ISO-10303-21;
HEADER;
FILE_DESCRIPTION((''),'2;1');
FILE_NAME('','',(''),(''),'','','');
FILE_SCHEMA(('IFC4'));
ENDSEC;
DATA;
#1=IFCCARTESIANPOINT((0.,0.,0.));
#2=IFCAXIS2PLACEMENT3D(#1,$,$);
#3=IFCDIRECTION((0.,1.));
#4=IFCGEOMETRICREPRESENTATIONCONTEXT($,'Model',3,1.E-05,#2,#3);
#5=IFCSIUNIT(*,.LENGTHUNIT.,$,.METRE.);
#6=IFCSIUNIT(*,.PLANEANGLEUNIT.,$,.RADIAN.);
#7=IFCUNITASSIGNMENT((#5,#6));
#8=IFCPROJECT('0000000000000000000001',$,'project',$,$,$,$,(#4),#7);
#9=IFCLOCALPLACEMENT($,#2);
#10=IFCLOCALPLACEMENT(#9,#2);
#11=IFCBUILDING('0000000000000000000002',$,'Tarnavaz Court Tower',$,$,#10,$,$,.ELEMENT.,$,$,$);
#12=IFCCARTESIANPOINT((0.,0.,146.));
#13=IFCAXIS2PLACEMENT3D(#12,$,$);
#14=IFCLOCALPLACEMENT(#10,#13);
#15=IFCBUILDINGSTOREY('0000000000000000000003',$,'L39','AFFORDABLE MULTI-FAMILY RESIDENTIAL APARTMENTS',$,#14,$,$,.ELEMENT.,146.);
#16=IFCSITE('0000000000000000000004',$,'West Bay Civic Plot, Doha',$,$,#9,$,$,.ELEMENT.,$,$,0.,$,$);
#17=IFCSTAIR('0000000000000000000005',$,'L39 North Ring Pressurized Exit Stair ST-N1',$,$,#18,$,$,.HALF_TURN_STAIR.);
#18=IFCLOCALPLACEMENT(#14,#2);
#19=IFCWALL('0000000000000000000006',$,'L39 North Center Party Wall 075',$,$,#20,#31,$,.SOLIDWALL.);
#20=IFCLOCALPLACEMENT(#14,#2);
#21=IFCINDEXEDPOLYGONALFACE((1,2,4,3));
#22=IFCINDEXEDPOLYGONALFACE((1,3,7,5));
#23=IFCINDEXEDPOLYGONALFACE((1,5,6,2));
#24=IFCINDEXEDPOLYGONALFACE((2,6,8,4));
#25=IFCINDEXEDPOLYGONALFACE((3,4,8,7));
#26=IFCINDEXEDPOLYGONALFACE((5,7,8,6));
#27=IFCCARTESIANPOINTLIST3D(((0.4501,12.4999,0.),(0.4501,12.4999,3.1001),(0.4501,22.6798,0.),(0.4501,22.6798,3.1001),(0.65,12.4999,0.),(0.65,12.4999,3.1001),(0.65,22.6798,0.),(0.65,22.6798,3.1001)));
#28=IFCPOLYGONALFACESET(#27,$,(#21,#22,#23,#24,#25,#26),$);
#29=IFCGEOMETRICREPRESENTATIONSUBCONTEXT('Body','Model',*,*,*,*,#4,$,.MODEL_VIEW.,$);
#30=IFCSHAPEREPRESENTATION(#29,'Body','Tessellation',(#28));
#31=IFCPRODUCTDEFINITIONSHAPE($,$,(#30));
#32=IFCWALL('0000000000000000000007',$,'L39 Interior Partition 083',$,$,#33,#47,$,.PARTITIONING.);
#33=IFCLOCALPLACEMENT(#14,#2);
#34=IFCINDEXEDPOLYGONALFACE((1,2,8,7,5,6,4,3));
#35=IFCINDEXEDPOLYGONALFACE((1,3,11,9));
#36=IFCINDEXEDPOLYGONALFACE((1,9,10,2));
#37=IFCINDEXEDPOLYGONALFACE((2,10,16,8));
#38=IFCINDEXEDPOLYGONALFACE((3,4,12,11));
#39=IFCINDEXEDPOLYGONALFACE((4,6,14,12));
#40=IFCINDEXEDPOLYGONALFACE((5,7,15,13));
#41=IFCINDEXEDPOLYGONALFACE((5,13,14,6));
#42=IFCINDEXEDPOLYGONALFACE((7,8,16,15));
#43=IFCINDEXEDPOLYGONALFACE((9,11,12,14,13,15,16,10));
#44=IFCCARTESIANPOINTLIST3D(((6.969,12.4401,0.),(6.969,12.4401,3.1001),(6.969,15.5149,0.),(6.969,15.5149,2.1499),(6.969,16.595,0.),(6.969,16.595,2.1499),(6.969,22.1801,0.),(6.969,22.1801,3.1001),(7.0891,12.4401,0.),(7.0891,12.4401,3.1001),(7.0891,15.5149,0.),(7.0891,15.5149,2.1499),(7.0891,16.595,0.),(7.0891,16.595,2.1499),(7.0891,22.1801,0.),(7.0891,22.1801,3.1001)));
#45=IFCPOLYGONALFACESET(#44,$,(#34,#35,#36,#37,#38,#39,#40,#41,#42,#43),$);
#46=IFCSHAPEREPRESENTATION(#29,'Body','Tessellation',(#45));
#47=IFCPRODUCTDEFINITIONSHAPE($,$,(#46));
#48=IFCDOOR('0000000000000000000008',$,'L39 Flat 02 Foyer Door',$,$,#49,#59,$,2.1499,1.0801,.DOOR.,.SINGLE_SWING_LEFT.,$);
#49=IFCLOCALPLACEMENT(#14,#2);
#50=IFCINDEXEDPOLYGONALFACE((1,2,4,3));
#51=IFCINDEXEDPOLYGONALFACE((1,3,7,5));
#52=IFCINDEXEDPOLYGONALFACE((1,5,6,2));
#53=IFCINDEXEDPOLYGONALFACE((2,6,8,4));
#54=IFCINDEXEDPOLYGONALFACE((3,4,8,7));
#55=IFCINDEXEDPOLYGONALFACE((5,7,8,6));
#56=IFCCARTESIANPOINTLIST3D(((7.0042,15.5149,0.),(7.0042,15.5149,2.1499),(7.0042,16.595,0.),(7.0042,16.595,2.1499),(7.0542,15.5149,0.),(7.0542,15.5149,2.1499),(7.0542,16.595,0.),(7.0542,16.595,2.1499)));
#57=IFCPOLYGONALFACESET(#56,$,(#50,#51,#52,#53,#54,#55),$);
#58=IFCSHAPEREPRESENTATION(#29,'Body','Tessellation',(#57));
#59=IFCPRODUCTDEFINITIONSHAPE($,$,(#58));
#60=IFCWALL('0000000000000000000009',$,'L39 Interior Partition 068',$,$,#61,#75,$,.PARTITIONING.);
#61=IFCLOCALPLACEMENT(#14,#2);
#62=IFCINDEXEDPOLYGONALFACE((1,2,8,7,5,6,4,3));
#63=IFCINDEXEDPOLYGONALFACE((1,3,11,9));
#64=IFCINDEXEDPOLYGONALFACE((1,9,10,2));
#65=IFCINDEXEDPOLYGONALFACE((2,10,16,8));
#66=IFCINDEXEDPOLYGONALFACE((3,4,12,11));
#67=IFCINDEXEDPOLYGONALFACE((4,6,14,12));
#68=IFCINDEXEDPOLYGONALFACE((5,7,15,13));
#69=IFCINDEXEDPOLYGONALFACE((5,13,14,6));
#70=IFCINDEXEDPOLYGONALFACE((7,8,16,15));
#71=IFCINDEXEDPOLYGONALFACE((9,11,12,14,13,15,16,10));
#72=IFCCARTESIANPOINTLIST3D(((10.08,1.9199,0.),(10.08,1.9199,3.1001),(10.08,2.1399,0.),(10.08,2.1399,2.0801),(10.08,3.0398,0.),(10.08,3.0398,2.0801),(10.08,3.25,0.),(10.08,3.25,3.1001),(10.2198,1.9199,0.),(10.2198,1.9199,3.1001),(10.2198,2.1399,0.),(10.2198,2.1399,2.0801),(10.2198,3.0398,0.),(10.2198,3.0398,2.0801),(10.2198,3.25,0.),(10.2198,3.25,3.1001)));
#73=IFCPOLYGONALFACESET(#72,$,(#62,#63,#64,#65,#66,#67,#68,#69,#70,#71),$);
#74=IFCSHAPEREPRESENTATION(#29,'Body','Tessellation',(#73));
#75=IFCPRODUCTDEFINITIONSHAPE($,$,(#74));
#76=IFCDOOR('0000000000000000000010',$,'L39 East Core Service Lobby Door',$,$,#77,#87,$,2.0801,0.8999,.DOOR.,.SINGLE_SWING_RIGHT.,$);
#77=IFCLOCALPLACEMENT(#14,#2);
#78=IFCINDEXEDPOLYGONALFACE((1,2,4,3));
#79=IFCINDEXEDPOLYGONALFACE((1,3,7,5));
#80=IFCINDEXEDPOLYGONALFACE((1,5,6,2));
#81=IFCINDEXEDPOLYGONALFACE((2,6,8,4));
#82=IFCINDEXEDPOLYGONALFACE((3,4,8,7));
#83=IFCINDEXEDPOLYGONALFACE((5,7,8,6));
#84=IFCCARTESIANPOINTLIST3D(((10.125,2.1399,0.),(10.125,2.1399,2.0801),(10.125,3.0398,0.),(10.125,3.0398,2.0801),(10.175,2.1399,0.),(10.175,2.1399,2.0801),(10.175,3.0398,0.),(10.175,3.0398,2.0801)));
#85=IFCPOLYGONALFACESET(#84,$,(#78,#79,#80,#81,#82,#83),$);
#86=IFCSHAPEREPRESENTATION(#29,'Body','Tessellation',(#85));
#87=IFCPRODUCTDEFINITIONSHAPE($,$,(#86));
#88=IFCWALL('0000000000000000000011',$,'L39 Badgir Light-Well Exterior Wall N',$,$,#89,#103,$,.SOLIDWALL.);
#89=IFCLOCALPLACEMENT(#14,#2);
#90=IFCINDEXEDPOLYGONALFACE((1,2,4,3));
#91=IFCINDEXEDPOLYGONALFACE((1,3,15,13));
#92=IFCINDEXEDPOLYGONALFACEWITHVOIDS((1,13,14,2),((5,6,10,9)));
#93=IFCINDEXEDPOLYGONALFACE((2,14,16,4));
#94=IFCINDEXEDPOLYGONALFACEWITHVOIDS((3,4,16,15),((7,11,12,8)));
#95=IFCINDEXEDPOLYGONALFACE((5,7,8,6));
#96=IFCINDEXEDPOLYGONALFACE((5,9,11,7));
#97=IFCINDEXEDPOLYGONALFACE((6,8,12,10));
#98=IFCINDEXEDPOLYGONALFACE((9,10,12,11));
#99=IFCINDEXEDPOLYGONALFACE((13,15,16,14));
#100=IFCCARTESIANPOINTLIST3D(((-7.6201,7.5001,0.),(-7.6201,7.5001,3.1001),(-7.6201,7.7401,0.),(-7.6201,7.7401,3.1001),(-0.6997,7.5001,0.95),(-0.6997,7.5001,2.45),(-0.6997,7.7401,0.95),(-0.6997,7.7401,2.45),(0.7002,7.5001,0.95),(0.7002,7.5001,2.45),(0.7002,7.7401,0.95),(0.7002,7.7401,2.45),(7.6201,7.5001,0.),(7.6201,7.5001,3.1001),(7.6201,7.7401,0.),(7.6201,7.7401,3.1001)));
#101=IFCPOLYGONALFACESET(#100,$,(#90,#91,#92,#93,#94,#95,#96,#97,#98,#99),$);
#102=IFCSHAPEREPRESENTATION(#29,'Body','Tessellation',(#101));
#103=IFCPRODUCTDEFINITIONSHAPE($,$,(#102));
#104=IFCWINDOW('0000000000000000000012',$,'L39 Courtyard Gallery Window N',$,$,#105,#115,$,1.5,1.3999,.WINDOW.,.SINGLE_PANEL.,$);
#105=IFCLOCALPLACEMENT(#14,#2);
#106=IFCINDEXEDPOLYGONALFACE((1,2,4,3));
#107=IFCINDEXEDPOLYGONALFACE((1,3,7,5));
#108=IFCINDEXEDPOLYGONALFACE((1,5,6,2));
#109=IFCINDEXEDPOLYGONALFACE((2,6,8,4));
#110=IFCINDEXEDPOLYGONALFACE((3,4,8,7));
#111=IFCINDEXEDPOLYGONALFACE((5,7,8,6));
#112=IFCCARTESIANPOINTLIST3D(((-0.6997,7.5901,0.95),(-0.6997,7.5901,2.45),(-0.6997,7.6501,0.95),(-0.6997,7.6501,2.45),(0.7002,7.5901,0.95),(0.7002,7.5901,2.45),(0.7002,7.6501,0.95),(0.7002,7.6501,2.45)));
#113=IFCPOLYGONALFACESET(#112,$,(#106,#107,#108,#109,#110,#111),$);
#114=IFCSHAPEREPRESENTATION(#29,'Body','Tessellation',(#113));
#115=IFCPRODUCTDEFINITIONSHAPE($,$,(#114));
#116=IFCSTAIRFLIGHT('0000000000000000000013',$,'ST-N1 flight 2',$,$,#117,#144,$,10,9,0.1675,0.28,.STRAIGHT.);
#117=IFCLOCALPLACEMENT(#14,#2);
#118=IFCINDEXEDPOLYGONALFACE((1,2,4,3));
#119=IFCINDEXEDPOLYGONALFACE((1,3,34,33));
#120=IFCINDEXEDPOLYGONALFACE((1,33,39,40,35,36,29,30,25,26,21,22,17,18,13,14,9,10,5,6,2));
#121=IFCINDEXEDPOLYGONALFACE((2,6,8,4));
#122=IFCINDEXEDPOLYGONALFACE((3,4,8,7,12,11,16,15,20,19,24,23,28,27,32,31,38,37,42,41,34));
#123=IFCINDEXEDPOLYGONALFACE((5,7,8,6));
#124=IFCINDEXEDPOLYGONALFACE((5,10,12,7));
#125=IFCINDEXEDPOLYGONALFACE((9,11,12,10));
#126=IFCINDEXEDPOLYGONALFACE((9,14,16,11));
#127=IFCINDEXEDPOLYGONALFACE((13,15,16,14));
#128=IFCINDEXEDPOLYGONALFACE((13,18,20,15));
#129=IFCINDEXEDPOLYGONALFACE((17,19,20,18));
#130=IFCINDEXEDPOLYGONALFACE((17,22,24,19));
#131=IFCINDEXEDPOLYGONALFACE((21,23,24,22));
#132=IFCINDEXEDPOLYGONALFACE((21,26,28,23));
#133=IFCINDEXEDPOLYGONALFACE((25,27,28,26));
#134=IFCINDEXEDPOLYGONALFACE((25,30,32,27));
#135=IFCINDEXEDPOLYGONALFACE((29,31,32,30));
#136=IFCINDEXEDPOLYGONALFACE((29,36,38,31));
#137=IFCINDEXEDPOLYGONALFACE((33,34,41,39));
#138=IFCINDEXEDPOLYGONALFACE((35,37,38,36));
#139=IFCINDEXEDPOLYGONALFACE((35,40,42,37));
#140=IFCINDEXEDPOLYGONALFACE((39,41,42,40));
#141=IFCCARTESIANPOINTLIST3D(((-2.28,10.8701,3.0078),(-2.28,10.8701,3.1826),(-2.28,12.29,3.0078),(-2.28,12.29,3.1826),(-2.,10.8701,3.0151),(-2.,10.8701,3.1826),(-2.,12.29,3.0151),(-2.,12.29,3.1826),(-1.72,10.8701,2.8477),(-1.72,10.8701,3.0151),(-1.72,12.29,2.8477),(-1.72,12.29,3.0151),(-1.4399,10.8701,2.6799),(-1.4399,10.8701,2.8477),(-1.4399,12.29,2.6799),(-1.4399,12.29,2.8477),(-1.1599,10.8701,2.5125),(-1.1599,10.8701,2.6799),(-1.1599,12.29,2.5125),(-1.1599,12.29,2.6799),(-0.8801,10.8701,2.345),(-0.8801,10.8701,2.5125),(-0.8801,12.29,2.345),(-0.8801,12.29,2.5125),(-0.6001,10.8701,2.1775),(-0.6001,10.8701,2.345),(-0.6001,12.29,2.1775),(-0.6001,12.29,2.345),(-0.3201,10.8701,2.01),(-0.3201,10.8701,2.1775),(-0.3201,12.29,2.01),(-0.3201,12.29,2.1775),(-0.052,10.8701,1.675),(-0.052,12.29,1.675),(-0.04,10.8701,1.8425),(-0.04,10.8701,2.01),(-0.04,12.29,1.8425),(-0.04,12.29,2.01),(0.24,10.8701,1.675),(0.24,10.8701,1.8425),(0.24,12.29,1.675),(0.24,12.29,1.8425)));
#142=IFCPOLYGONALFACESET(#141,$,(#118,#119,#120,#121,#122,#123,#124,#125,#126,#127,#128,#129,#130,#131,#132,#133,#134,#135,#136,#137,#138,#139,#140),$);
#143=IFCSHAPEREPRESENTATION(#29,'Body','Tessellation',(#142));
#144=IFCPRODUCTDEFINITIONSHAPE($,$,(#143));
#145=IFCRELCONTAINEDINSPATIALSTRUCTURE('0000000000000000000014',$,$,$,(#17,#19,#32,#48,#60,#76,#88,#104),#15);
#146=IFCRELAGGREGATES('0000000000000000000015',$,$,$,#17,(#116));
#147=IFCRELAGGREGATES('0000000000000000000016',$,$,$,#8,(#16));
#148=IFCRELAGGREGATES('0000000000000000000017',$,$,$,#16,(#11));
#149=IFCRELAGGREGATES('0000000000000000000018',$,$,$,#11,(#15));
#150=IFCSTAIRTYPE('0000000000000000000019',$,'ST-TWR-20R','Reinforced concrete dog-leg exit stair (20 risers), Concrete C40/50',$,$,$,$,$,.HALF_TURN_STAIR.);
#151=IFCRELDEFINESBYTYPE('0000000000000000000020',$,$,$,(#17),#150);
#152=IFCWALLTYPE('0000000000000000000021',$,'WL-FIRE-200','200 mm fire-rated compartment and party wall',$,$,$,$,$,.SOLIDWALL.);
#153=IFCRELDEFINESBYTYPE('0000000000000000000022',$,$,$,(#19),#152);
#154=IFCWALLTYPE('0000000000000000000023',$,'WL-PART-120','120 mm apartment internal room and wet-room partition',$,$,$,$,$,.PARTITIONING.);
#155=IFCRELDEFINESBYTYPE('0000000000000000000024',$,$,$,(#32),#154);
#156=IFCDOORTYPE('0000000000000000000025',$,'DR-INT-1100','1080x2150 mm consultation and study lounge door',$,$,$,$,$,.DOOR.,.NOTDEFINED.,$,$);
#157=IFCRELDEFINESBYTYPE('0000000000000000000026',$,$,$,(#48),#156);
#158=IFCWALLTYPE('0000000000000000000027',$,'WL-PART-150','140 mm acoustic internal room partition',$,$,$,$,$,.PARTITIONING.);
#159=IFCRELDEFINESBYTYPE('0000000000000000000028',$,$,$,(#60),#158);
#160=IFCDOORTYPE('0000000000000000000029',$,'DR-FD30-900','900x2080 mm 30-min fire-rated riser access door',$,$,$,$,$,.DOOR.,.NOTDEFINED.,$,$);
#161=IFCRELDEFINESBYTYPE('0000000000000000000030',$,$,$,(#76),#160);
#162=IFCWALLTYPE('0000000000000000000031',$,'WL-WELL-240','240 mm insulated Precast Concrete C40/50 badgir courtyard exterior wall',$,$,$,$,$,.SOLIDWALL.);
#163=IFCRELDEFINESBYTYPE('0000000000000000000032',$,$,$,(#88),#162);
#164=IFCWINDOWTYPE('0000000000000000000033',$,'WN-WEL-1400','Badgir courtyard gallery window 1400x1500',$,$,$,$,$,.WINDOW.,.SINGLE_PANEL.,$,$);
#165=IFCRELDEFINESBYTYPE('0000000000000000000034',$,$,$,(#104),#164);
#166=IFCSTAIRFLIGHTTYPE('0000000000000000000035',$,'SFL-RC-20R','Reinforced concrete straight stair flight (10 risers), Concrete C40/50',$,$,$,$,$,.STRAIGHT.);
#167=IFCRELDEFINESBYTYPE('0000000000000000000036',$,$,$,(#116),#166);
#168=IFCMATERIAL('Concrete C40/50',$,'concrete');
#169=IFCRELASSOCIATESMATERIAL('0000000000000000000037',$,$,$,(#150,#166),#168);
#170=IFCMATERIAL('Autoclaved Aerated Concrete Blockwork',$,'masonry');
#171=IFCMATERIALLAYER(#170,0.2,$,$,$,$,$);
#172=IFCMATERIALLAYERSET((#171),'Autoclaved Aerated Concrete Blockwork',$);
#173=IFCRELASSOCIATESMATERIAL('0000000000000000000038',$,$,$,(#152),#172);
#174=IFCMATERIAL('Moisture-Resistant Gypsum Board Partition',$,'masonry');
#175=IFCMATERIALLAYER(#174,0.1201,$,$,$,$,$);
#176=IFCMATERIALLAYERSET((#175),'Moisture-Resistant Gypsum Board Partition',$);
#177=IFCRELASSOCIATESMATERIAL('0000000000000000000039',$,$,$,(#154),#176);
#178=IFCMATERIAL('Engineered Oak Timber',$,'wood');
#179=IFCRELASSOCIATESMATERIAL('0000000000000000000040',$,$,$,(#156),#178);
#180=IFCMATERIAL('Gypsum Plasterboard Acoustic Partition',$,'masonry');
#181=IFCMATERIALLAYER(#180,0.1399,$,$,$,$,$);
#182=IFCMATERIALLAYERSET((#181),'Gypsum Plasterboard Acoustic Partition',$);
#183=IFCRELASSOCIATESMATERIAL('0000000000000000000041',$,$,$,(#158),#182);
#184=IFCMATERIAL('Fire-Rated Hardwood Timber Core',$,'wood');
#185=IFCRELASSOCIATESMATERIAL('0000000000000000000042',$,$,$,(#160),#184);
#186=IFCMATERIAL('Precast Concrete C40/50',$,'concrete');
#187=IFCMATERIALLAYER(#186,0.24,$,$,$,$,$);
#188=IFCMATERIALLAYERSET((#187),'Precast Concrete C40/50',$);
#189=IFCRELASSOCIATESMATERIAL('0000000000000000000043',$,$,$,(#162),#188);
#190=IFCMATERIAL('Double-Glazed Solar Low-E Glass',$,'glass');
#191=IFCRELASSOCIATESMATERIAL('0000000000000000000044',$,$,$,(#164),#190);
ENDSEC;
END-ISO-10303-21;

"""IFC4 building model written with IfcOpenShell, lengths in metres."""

from ifc_helpers import new_model, si_unit, direction, frame, frame_2d, origin, place, context, subcontext, project, spatial, polyline, rectangle, outline, extrude, material, layer, layer_set, type_object, element, fill, aggregate, save


model = new_model("IFC4")

# Units and contexts
model_context = context("Model", 3, precision=1e-05, world=origin(), true_north=direction((0.0, 1.0)))
body_context = subcontext(model_context, "Body", "Model", "MODEL_VIEW")
ifc_project = project(units=[si_unit("LENGTHUNIT", "METRE"), si_unit("PLANEANGLEUNIT", "RADIAN")], contexts=[model_context])

# Site, building, storey
site_placement = place(None, origin())
site = spatial("IfcSite", under=ifc_project, at=site_placement, Name="West Bay Civic Plot, Doha", CompositionType="ELEMENT", RefElevation=0.0)
building_placement = place(site_placement, origin())
building = spatial("IfcBuilding", under=site, at=building_placement, Name="Tarnavaz Court Tower", CompositionType="ELEMENT")
storey_placement = place(building_placement, frame((0.0, 0.0, 146.0)))
storey = spatial("IfcBuildingStorey", under=building, at=storey_placement, Name="L39", Description="AFFORDABLE MULTI-FAMILY RESIDENTIAL APARTMENTS", CompositionType="ELEMENT", Elevation=146.0)

# Stair
ifc_material_1 = material(Name="Concrete C40/50", Category="concrete")
stair_type = type_object("IfcStairType", Name="ST-TWR-20R", Description="Reinforced concrete dog-leg exit stair (20 risers), Concrete C40/50", PredefinedType="HALF_TURN_STAIR", material=ifc_material_1)
stair_1_placement = place(storey_placement, origin())
stair_1 = element("IfcStair", 1, at=stair_1_placement, inside=storey, type_object=stair_type, Name="L39 North Ring Pressurized Exit Stair ST-N1", PredefinedType="HALF_TURN_STAIR")

# Shared definitions
ifc_material_2 = material(Name="Fire-Rated Hardwood Timber Core", Category="wood")

# Wall
ifc_material_3 = material(Name="Autoclaved Aerated Concrete Blockwork", Category="masonry")
ifc_layer_1 = layer(ifc_material_3, 0.2)
ifc_layer_set_1 = layer_set([ifc_layer_1], Name="Autoclaved Aerated Concrete Blockwork")
wall_type_1 = type_object("IfcWallType", Name="WL-FIRE-200", Description="200 mm fire-rated compartment and party wall", PredefinedType="SOLIDWALL", material=ifc_layer_set_1)
wall_1_placement = place(storey_placement, frame((0.55, 12.5, 0.0), z_axis=(0.0, 0.0, 1.0), x_axis=(0.0, 1.0, 0.0)))
element("IfcWall", 2, at=wall_1_placement, inside=storey, type_object=wall_type_1, Name="L39 North Center Party Wall 075", PredefinedType="SOLIDWALL", context=body_context, shape_type="SweptSolid", body=[
    extrude(rectangle(XDim=10.1799, YDim=0.2, at=frame_2d((5.0898, 0.0))), origin(), (0.0, 0.0, 1.0), 3.1001),
])

# Walls, openings, doors
ifc_material_4 = material(Name="Moisture-Resistant Gypsum Board Partition", Category="masonry")
ifc_layer_2 = layer(ifc_material_4, 0.1201)
ifc_layer_set_2 = layer_set([ifc_layer_2], Name="Moisture-Resistant Gypsum Board Partition")
wall_type_2 = type_object("IfcWallType", Name="WL-PART-120", Description="120 mm apartment internal room and wet-room partition", PredefinedType="PARTITIONING", material=ifc_layer_set_2)
wall_2_placement = place(storey_placement, frame((7.0291, 12.4399, 0.0), z_axis=(0.0, 0.0, 1.0), x_axis=(0.0, 1.0, 0.0)))
wall_2 = element("IfcWall", 3, at=wall_2_placement, inside=storey, type_object=wall_type_2, Name="L39 Interior Partition 083", PredefinedType="PARTITIONING", context=body_context, shape_type="SweptSolid", body=[
    extrude(rectangle(XDim=9.74, YDim=0.1201, at=frame_2d((4.8701, 0.0))), origin(), (0.0, 0.0, 1.0), 3.1001),
])
opening_1_placement = place(wall_2_placement, frame((3.075, 0.0, 0.0)))
opening_1 = element("IfcOpeningElement", 4, at=opening_1_placement, cuts=wall_2, PredefinedType="OPENING", context=body_context, shape_type="SweptSolid", body=[
    extrude(rectangle(XDim=1.0801, YDim=2.1499, at=frame_2d((0.54, 1.075))), frame((0.0, 0.0701, 0.0), z_axis=(0.0, -1.0, 0.0), x_axis=(1.0, 0.0, 0.0)), (0.0, 0.0, 1.0), 0.1401),
])
ifc_material_5 = material(Name="Engineered Oak Timber", Category="wood")
door_type_1 = type_object("IfcDoorType", Name="DR-INT-1100", Description="1080x2150 mm consultation and study lounge door", OperationType="NOTDEFINED", PredefinedType="DOOR", material=ifc_material_5)
door_1_placement = place(opening_1_placement, origin())
door_1 = element("IfcDoor", 5, at=door_1_placement, inside=storey, type_object=door_type_1, Name="L39 Flat 02 Foyer Door", OperationType="SINGLE_SWING_LEFT", OverallHeight=2.1499, OverallWidth=1.0801, PredefinedType="DOOR", context=body_context, shape_type="SweptSolid", body=[
    extrude(rectangle(XDim=1.0801, YDim=2.1499, at=frame_2d((0.54, 1.075))), frame((0.0, 0.0249, 0.0), z_axis=(0.0, -1.0, 0.0), x_axis=(1.0, 0.0, 0.0)), (0.0, 0.0, 1.0), 0.05),
])
fill(opening_1, door_1)
ifc_material_6 = material(Name="Gypsum Plasterboard Acoustic Partition", Category="masonry")
ifc_layer_3 = layer(ifc_material_6, 0.1399)
ifc_layer_set_3 = layer_set([ifc_layer_3], Name="Gypsum Plasterboard Acoustic Partition")
wall_type_3 = type_object("IfcWallType", Name="WL-PART-150", Description="140 mm acoustic internal room partition", PredefinedType="PARTITIONING", material=ifc_layer_set_3)
wall_3_placement = place(storey_placement, frame((10.1499, 1.9199, 0.0), z_axis=(0.0, 0.0, 1.0), x_axis=(0.0, 1.0, 0.0)))
wall_3 = element("IfcWall", 6, at=wall_3_placement, inside=storey, type_object=wall_type_3, Name="L39 Interior Partition 068", PredefinedType="PARTITIONING", context=body_context, shape_type="SweptSolid", body=[
    extrude(rectangle(XDim=1.3301, YDim=0.1399, at=frame_2d((0.665, 0.0))), origin(), (0.0, 0.0, 1.0), 3.1001),
])
opening_2_placement = place(wall_3_placement, frame((0.22, 0.0, 0.0)))
opening_2 = element("IfcOpeningElement", 7, at=opening_2_placement, cuts=wall_3, PredefinedType="OPENING", context=body_context, shape_type="SweptSolid", body=[
    extrude(rectangle(XDim=0.8999, YDim=2.0801, at=frame_2d((0.45, 1.04))), frame((0.0, 0.0798, 0.0), z_axis=(0.0, -1.0, 0.0), x_axis=(1.0, 0.0, 0.0)), (0.0, 0.0, 1.0), 0.1599),
])
door_type_2 = type_object("IfcDoorType", Name="DR-FD30-900", Description="900x2080 mm 30-min fire-rated riser access door", OperationType="NOTDEFINED", PredefinedType="DOOR", material=ifc_material_2)
door_2_placement = place(opening_2_placement, origin())
door_2 = element("IfcDoor", 8, at=door_2_placement, inside=storey, type_object=door_type_2, Name="L39 East Core Service Lobby Door", OperationType="SINGLE_SWING_RIGHT", OverallHeight=2.0801, OverallWidth=0.8999, PredefinedType="DOOR", context=body_context, shape_type="SweptSolid", body=[
    extrude(rectangle(XDim=0.8999, YDim=2.0801, at=frame_2d((0.45, 1.04))), frame((0.0, 0.0249, 0.0), z_axis=(0.0, -1.0, 0.0), x_axis=(1.0, 0.0, 0.0)), (0.0, 0.0, 1.0), 0.05),
])
fill(opening_2, door_2)

# Wall, opening, window
ifc_material_7 = material(Name="Precast Concrete C40/50", Category="concrete")
ifc_layer_4 = layer(ifc_material_7, 0.24)
ifc_layer_set_4 = layer_set([ifc_layer_4], Name="Precast Concrete C40/50")
wall_type_4 = type_object("IfcWallType", Name="WL-WELL-240", Description="240 mm insulated Precast Concrete C40/50 badgir courtyard exterior wall", PredefinedType="SOLIDWALL", material=ifc_layer_set_4)
wall_4_placement = place(storey_placement, frame((7.6201, 7.6201, 0.0), z_axis=(0.0, 0.0, 1.0), x_axis=(-1.0, 0.0, 0.0)))
wall_4 = element("IfcWall", 9, at=wall_4_placement, inside=storey, type_object=wall_type_4, Name="L39 Badgir Light-Well Exterior Wall N", PredefinedType="SOLIDWALL", context=body_context, shape_type="SweptSolid", body=[
    extrude(rectangle(XDim=15.2402, YDim=0.24, at=frame_2d((7.6201, 0.0))), origin(), (0.0, 0.0, 1.0), 3.1001),
])
opening_3_placement = place(wall_4_placement, frame((6.9199, 0.0, 0.95)))
opening_3 = element("IfcOpeningElement", 10, at=opening_3_placement, cuts=wall_4, PredefinedType="OPENING", context=body_context, shape_type="SweptSolid", body=[
    extrude(rectangle(XDim=1.3999, YDim=1.5, at=frame_2d((0.7, 0.75))), frame((0.0, 0.1299, 0.0), z_axis=(0.0, -1.0, 0.0), x_axis=(1.0, 0.0, 0.0)), (0.0, 0.0, 1.0), 0.26),
])
ifc_material_8 = material(Name="Double-Glazed Solar Low-E Glass", Category="glass")
window_type = type_object("IfcWindowType", Name="WN-WEL-1400", Description="Badgir courtyard gallery window 1400x1500", PartitioningType="SINGLE_PANEL", PredefinedType="WINDOW", material=ifc_material_8)
window_placement = place(opening_3_placement, origin())
window = element("IfcWindow", 11, at=window_placement, inside=storey, type_object=window_type, Name="L39 Courtyard Gallery Window N", OverallHeight=1.5, OverallWidth=1.3999, PartitioningType="SINGLE_PANEL", PredefinedType="WINDOW", context=body_context, shape_type="SweptSolid", body=[
    extrude(rectangle(XDim=1.3999, YDim=1.5, at=frame_2d((0.7, 0.75))), frame((0.0, 0.03, 0.0), z_axis=(0.0, -1.0, 0.0), x_axis=(1.0, 0.0, 0.0)), (0.0, 0.0, 1.0), 0.0601),
])
fill(opening_3, window)

# Stair flight
stair_flight_type = type_object("IfcStairFlightType", Name="SFL-RC-20R", Description="Reinforced concrete straight stair flight (10 risers), Concrete C40/50", PredefinedType="STRAIGHT", material=ifc_material_1)
stair_flight_placement = place(storey_placement, frame((0.24, 11.5801, 1.675), z_axis=(0.0, 0.0, 1.0), x_axis=(-1.0, 0.0, 0.0)))
stair_flight = element("IfcStairFlight", 12, at=stair_flight_placement, type_object=stair_flight_type, Name="ST-N1 flight 2", NumberOfRisers=10, NumberOfTreads=9, PredefinedType="STRAIGHT", RiserHeight=0.1675, TreadLength=0.28, context=body_context, shape_type="SweptSolid", body=[
    extrude(outline(polyline([(0.0, 0.0), (0.0, 0.1675), (0.28, 0.1675), (0.28, 0.335), (0.5601, 0.335), (0.5601, 0.5024), (0.8401, 0.5024), (0.8401, 0.6699), (1.1201, 0.6699), (1.1201, 0.8374), (1.3999, 0.8374), (1.3999, 1.0049), (1.6799, 1.0049), (1.6799, 1.1726), (1.96, 1.1726), (1.96, 1.3401), (2.24, 1.3401), (2.24, 1.5076), (2.52, 1.5076), (2.52, 1.675), (2.52, 1.3328), (0.292, 0.0), (0.0, 0.0)])), frame((0.0, 0.71, 0.0), z_axis=(0.0, -1.0, 0.0), x_axis=(1.0, 0.0, 0.0)), (0.0, 0.0, 1.0), 1.4199),
])
aggregate(stair_1, [stair_flight])

save(model, "model.ifc")
